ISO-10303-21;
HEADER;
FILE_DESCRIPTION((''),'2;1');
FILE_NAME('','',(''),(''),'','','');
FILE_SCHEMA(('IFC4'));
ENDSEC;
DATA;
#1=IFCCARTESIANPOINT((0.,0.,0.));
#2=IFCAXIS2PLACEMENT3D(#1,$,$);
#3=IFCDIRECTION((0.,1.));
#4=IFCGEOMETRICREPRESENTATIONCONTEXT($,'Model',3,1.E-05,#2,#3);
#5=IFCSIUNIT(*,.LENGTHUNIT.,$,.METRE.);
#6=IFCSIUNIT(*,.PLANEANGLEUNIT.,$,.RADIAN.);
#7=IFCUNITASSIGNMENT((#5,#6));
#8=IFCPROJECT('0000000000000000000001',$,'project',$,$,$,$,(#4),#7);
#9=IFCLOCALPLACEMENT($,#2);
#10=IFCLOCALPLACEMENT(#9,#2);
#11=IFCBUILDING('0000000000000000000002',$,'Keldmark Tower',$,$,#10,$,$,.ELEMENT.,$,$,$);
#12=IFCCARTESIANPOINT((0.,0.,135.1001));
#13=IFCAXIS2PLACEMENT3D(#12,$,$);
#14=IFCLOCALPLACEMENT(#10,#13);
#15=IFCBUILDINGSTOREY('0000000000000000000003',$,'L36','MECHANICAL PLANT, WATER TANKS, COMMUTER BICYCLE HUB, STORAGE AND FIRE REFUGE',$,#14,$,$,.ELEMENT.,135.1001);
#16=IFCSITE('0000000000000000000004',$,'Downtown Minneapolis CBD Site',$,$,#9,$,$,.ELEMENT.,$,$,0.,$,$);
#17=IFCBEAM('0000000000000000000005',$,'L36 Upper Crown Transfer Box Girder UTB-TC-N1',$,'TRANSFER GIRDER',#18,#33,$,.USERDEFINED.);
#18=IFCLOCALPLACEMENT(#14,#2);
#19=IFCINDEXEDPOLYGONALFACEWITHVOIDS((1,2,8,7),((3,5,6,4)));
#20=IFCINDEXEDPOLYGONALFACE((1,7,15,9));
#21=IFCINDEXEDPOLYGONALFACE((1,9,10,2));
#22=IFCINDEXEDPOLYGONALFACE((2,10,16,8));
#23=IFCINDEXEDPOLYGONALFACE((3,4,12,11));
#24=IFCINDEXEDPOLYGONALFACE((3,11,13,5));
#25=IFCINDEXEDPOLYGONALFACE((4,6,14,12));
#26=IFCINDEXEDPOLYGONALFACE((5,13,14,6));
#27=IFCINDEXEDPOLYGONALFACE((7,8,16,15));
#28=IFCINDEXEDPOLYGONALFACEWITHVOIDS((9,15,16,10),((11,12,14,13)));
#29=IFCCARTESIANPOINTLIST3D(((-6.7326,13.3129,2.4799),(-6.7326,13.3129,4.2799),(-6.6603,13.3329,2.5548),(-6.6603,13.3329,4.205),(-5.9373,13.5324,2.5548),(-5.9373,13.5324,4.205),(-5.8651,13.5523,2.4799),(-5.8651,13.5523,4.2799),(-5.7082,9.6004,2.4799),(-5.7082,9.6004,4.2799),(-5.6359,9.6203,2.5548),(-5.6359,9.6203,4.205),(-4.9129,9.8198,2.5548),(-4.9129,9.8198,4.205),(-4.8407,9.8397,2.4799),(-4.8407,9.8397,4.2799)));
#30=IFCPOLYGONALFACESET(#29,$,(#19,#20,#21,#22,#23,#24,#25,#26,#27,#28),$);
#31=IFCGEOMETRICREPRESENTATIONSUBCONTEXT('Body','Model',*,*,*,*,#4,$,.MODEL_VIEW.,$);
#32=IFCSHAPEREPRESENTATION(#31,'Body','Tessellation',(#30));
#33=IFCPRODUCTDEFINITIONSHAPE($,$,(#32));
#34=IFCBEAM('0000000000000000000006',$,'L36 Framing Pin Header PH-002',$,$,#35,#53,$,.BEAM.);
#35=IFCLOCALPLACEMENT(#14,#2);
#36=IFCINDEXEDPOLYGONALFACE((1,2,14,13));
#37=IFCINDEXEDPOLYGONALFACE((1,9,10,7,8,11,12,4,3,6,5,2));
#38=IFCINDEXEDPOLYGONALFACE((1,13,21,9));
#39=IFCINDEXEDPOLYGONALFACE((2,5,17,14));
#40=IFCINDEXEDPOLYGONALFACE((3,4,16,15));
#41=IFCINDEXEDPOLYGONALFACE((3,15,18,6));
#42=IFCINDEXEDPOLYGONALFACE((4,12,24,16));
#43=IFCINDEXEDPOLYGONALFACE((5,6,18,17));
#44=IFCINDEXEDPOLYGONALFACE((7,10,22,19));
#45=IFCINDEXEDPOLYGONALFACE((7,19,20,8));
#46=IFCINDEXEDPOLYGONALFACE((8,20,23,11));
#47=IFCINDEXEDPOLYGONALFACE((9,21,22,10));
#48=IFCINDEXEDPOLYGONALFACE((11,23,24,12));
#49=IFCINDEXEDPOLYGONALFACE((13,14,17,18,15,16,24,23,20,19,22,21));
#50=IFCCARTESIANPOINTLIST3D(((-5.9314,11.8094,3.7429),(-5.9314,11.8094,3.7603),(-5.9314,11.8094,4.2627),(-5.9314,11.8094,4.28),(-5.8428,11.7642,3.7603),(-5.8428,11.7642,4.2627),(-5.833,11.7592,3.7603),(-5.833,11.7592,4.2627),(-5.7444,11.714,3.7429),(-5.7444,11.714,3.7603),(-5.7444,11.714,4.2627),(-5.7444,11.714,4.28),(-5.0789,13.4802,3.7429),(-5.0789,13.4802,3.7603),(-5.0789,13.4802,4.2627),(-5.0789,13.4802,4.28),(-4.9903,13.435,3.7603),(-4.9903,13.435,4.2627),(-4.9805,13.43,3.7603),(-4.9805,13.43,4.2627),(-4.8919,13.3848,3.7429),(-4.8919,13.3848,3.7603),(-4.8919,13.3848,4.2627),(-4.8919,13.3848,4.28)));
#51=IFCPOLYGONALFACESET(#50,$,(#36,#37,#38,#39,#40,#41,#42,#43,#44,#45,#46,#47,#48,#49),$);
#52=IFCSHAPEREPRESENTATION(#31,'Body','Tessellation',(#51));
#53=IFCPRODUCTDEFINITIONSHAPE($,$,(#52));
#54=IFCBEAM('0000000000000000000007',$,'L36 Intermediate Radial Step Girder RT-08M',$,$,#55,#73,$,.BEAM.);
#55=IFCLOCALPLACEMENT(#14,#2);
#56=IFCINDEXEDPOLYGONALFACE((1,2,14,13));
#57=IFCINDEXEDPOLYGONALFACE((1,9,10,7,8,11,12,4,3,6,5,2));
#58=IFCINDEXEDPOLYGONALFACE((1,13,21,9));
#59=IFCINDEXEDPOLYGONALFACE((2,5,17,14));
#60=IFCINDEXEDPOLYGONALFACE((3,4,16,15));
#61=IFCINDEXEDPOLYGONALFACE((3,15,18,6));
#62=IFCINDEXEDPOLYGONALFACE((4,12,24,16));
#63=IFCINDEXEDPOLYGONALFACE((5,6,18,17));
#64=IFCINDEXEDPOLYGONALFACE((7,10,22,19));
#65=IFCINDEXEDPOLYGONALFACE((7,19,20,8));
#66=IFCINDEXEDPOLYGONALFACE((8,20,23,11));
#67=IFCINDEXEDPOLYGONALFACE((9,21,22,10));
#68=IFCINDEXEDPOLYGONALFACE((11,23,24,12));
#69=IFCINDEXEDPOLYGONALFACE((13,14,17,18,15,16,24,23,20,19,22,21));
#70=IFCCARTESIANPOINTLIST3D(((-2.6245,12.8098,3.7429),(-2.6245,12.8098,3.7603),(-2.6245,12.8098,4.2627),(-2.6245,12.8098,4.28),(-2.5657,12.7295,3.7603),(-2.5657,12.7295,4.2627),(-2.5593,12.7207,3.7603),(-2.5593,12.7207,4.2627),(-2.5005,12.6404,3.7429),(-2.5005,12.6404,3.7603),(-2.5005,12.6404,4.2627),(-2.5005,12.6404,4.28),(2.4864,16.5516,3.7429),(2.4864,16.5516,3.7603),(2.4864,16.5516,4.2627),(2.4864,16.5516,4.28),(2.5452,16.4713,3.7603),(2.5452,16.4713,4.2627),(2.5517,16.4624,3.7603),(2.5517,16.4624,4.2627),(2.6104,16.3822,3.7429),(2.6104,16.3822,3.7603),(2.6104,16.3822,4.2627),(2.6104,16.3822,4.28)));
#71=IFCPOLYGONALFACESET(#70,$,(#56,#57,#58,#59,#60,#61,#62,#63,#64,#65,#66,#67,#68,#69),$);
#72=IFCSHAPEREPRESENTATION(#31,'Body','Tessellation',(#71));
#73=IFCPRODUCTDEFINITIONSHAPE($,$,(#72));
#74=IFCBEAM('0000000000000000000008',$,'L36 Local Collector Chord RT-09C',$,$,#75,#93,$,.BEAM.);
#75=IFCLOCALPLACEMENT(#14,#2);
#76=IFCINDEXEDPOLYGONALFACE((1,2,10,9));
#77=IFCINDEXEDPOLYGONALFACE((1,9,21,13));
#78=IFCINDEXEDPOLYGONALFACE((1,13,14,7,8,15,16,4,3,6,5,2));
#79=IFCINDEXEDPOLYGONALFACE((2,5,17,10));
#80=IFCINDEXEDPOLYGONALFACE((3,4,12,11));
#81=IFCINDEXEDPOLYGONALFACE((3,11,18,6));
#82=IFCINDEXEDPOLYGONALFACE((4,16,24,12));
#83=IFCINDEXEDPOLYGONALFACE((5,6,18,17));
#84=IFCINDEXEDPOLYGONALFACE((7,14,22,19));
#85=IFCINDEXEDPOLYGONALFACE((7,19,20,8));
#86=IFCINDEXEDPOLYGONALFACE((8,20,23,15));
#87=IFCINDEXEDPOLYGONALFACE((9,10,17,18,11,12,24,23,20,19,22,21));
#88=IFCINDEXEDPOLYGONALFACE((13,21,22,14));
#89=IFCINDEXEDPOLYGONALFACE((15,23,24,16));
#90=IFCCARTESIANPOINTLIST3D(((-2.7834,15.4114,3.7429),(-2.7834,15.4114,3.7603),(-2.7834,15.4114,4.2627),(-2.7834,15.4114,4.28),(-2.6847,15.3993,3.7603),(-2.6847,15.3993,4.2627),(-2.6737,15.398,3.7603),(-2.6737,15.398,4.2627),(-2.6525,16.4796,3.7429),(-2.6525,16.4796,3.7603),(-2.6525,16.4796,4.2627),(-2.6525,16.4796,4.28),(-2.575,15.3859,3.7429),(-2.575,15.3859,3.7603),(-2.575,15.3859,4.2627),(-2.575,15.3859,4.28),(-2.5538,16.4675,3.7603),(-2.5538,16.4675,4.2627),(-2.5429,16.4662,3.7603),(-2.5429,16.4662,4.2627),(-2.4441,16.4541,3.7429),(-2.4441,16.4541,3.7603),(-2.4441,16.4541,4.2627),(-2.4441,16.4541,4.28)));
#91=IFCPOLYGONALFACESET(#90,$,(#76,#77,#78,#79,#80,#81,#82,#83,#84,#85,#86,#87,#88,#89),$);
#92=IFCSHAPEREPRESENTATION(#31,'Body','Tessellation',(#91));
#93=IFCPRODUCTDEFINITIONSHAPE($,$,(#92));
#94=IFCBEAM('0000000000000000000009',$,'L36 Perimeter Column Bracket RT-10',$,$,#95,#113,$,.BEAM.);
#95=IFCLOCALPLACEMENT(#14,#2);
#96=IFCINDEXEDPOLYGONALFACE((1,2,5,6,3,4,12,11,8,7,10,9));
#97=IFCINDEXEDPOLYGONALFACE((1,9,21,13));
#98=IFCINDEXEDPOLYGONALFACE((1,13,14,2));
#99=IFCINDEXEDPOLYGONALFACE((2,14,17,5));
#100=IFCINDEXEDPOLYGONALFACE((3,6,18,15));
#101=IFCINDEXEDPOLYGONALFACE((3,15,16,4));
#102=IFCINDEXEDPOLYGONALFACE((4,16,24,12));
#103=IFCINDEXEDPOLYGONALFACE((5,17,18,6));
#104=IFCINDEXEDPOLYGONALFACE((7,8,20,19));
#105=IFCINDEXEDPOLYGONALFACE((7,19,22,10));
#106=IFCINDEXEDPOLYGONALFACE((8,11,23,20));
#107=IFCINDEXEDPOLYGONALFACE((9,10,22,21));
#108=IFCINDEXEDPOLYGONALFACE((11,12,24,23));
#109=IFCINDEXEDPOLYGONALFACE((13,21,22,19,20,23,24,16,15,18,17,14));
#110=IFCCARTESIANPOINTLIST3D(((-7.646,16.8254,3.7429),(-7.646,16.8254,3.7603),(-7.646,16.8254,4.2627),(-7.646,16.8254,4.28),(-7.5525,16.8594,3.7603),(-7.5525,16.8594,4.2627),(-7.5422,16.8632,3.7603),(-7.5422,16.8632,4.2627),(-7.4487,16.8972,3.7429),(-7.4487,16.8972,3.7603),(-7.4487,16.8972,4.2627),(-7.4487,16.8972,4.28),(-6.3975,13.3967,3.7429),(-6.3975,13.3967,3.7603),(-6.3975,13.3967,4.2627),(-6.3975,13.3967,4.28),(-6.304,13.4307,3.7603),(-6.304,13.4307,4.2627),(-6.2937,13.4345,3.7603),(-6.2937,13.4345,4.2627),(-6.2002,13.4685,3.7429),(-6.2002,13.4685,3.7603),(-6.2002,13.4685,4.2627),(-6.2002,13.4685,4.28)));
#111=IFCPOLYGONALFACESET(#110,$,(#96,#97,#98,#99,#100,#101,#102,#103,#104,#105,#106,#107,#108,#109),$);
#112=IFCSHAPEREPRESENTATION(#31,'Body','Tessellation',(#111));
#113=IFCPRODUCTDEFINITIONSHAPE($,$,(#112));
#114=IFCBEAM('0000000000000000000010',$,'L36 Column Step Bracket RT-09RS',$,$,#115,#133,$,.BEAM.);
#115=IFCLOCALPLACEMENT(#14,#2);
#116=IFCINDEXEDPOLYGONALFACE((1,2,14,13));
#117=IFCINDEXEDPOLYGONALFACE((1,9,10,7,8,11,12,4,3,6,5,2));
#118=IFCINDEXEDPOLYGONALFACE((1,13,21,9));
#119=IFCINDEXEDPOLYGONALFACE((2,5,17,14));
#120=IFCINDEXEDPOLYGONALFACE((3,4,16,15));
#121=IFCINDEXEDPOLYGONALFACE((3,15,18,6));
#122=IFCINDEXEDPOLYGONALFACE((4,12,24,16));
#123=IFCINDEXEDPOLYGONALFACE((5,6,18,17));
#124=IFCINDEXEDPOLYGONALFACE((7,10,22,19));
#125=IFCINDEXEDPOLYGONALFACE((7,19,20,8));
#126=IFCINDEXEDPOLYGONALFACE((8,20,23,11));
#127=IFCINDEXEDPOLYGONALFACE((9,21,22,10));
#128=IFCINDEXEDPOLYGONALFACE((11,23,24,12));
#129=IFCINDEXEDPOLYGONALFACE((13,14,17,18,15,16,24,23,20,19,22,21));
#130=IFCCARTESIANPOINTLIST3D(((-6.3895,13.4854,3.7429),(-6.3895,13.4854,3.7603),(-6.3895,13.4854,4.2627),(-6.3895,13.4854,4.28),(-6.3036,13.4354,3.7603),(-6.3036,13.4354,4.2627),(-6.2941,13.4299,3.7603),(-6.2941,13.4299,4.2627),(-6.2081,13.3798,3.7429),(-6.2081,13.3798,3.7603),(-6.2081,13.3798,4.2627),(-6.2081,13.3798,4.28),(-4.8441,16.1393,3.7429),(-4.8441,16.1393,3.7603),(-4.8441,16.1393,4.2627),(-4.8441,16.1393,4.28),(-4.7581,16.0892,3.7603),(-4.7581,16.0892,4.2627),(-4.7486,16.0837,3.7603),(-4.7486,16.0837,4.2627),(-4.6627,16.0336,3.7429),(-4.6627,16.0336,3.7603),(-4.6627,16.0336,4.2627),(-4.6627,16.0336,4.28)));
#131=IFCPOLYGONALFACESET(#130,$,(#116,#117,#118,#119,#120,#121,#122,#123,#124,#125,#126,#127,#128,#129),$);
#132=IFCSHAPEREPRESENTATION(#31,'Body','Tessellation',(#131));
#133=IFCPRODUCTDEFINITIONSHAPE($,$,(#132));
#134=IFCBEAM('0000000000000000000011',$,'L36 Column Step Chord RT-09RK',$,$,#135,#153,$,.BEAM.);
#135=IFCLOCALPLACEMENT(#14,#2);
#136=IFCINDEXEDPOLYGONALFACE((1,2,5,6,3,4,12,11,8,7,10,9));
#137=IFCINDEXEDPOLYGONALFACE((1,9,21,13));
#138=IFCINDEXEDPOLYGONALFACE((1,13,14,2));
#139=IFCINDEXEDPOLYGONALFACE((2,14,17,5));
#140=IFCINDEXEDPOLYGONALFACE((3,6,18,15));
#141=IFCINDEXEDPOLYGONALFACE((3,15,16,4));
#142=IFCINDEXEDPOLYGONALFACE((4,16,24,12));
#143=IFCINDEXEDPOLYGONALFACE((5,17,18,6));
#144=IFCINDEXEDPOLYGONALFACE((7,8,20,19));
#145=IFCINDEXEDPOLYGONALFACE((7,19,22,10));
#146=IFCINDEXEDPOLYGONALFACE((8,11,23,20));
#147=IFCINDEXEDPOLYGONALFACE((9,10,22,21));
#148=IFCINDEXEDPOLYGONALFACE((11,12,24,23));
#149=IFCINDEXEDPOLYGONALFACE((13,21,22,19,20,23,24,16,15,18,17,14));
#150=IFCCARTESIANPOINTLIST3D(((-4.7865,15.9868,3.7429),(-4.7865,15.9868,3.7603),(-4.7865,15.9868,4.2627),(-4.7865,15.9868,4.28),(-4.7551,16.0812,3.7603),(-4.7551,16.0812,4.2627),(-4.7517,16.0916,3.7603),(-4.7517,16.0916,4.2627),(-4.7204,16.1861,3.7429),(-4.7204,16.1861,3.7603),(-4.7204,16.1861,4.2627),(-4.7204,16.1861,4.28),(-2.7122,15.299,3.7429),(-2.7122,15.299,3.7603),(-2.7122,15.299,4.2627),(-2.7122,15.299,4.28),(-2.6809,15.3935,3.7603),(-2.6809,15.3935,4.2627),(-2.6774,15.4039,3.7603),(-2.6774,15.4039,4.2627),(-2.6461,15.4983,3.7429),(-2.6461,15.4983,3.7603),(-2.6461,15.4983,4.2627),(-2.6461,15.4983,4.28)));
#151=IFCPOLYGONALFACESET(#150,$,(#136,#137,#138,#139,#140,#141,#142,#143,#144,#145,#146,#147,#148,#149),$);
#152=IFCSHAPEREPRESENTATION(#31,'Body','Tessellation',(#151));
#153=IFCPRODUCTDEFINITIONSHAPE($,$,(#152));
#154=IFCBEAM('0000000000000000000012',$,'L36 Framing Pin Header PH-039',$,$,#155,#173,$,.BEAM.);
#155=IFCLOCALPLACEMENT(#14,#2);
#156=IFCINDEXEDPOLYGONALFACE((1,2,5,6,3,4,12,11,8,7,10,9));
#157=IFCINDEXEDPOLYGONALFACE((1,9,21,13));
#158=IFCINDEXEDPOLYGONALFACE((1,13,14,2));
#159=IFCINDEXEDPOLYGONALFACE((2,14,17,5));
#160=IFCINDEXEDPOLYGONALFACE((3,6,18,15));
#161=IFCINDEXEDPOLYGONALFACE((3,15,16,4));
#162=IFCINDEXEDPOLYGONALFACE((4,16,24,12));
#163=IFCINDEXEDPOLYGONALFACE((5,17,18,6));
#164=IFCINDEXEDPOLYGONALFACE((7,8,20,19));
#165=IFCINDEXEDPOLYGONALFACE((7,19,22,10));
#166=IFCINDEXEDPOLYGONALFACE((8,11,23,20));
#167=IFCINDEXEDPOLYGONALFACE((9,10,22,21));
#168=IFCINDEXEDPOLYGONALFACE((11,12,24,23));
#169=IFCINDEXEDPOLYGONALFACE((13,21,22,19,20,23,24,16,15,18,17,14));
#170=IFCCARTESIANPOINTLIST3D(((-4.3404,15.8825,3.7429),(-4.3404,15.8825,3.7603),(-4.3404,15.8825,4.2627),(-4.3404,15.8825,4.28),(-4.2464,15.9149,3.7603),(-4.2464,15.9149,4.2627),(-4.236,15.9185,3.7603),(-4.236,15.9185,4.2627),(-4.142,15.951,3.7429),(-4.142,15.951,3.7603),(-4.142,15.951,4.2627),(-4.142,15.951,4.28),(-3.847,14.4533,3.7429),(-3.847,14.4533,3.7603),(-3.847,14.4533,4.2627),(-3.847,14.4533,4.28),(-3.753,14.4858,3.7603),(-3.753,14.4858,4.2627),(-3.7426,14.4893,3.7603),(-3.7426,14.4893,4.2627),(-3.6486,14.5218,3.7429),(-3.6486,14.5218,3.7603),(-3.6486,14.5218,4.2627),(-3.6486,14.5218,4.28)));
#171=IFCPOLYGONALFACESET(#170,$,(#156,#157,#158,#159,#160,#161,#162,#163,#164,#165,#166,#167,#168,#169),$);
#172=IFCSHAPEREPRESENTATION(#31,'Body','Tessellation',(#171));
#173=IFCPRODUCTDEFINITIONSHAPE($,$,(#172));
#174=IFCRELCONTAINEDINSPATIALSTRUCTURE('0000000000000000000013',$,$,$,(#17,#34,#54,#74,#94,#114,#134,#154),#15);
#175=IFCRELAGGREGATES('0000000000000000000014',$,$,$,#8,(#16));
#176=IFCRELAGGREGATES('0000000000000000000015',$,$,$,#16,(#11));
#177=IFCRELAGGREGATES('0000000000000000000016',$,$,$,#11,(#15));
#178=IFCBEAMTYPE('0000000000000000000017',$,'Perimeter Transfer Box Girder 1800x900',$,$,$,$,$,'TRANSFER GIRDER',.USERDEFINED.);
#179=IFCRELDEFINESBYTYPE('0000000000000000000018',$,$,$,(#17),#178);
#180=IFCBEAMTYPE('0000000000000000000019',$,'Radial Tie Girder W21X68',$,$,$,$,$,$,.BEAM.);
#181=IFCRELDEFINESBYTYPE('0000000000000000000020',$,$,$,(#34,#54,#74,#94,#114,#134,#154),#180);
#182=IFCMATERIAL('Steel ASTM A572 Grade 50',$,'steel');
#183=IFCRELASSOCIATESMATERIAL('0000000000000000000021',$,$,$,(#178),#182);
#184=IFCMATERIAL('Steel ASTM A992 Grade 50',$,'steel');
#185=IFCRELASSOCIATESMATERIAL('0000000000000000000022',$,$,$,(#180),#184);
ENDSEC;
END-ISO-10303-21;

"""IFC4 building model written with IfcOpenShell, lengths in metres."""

from ifc_helpers import new_model, si_unit, direction, frame, origin, origin_2d, place, context, subcontext, project, spatial, hollow_rectangle, i_section, extrude, material, material_profile, profile_set, type_object, element, save


model = new_model("IFC4")

# Units and contexts
model_context = context("Model", 3, precision=1e-05, world=origin(), true_north=direction((0.0, 1.0)))
body_context = subcontext(model_context, "Body", "Model", "MODEL_VIEW")
ifc_project = project(units=[si_unit("LENGTHUNIT", "METRE"), si_unit("PLANEANGLEUNIT", "RADIAN")], contexts=[model_context])

# Site, building, storey
site_placement = place(None, origin())
site = spatial("IfcSite", under=ifc_project, at=site_placement, Name="Downtown Minneapolis CBD Site", CompositionType="ELEMENT", RefElevation=0.0)
building_placement = place(site_placement, origin())
building = spatial("IfcBuilding", under=site, at=building_placement, Name="Keldmark Tower", CompositionType="ELEMENT")
storey_placement = place(building_placement, frame((0.0, 0.0, 135.1001)))
storey = spatial("IfcBuildingStorey", under=building, at=storey_placement, Name="L36", Description="MECHANICAL PLANT, WATER TANKS, COMMUTER BICYCLE HUB, STORAGE AND FIRE REFUGE", CompositionType="ELEMENT", Elevation=135.1001)

# Beams
ifc_material_1 = material(Name="Steel ASTM A572 Grade 50", Category="steel")
ifc_material_profile_1 = material_profile(ifc_material_1, hollow_rectangle(XDim=0.8999, YDim=1.8, WallThickness=0.075, at=origin_2d()), Name="TBOX1800X900X75")
ifc_profile_set_1 = profile_set([ifc_material_profile_1], Name="Steel ASTM A572 Grade 50")
beam_type_1 = type_object("IfcBeamType", Name="Perimeter Transfer Box Girder 1800x900", ElementType="TRANSFER GIRDER", PredefinedType="USERDEFINED", material=ifc_profile_set_1)
beam_1_placement = place(storey_placement, frame((-6.2988, 13.4326, 3.3799), z_axis=(0.265986, -0.963977, 0.0), x_axis=(0.963977, 0.265986, 0.0)))
element("IfcBeam", 1, at=beam_1_placement, inside=storey, type_object=beam_type_1, Name="L36 Upper Crown Transfer Box Girder UTB-TC-N1", ObjectType="TRANSFER GIRDER", PredefinedType="USERDEFINED", context=body_context, shape_type="SweptSolid", body=[
    extrude(hollow_rectangle(XDim=0.8999, YDim=1.8, WallThickness=0.075, at=origin_2d()), origin(), (0.0, 0.0, 1.0), 3.8513),
])
ifc_material_2 = material(Name="Steel ASTM A992 Grade 50", Category="steel")
ifc_material_profile_2 = material_profile(ifc_material_2, i_section(OverallWidth=0.21, OverallDepth=0.5371, WebThickness=0.011, FlangeThickness=0.0173, at=origin_2d()), Name="W21X68")
ifc_profile_set_2 = profile_set([ifc_material_profile_2], Name="Steel ASTM A992 Grade 50")
beam_type_2 = type_object("IfcBeamType", Name="Radial Tie Girder W21X68", PredefinedType="BEAM", material=ifc_profile_set_2)
beam_2_placement = place(storey_placement, frame((-5.8379, 11.7617, 4.0115), z_axis=(0.454487, 0.890753, 0.0), x_axis=(-0.890753, 0.454487, 0.0)))
element("IfcBeam", 2, at=beam_2_placement, inside=storey, type_object=beam_type_2, Name="L36 Framing Pin Header PH-002", PredefinedType="BEAM", context=body_context, shape_type="SweptSolid", body=[
    extrude(i_section(OverallWidth=0.21, OverallDepth=0.5371, WebThickness=0.011, FlangeThickness=0.0173, at=origin_2d()), origin(), (0.0, 0.0, 1.0), 1.8757),
])
beam_3_placement = place(storey_placement, frame((-2.5625, 12.7251, 4.0115), z_axis=(0.806875, 0.590722, 0.0), x_axis=(-0.590722, 0.806875, 0.0)))
element("IfcBeam", 3, at=beam_3_placement, inside=storey, type_object=beam_type_2, Name="L36 Intermediate Radial Step Girder RT-08M", PredefinedType="BEAM", context=body_context, shape_type="SweptSolid", body=[
    extrude(i_section(OverallWidth=0.21, OverallDepth=0.5371, WebThickness=0.011, FlangeThickness=0.0173, at=origin_2d()), origin(), (0.0, 0.0, 1.0), 6.3342),
])
beam_4_placement = place(storey_placement, frame((-2.6792, 15.3987, 4.0115), z_axis=(0.121605, 0.992579, 0.0), x_axis=(-0.992579, 0.121605, 0.0)))
element("IfcBeam", 4, at=beam_4_placement, inside=storey, type_object=beam_type_2, Name="L36 Local Collector Chord RT-09C", PredefinedType="BEAM", context=body_context, shape_type="SweptSolid", body=[
    extrude(i_section(OverallWidth=0.21, OverallDepth=0.5371, WebThickness=0.011, FlangeThickness=0.0173, at=origin_2d()), origin(), (0.0, 0.0, 1.0), 1.0762),
])
beam_5_placement = place(storey_placement, frame((-6.2988, 13.4326, 4.0115), z_axis=(-0.342162, 0.939641, 0.0), x_axis=(-0.939641, -0.342162, 0.0)))
element("IfcBeam", 5, at=beam_5_placement, inside=storey, type_object=beam_type_2, Name="L36 Perimeter Column Bracket RT-10", PredefinedType="BEAM", context=body_context, shape_type="SweptSolid", body=[
    extrude(i_section(OverallWidth=0.21, OverallDepth=0.5371, WebThickness=0.011, FlangeThickness=0.0173, at=origin_2d()), origin(), (0.0, 0.0, 1.0), 3.6489),
])
beam_6_placement = place(storey_placement, frame((-6.2988, 13.4326, 4.0115), z_axis=(0.503228, 0.864154, 0.0), x_axis=(-0.864154, 0.503228, 0.0)))
element("IfcBeam", 6, at=beam_6_placement, inside=storey, type_object=beam_type_2, Name="L36 Column Step Bracket RT-09RS", PredefinedType="BEAM", context=body_context, shape_type="SweptSolid", body=[
    extrude(i_section(OverallWidth=0.21, OverallDepth=0.5371, WebThickness=0.011, FlangeThickness=0.0173, at=origin_2d()), origin(), (0.0, 0.0, 1.0), 3.071),
])
beam_7_placement = place(storey_placement, frame((-4.7534, 16.0864, 4.0115), z_axis=(0.949185, -0.314719, 0.0), x_axis=(0.314719, 0.949185, 0.0)))
element("IfcBeam", 7, at=beam_7_placement, inside=storey, type_object=beam_type_2, Name="L36 Column Step Chord RT-09RK", PredefinedType="BEAM", context=body_context, shape_type="SweptSolid", body=[
    extrude(i_section(OverallWidth=0.21, OverallDepth=0.5371, WebThickness=0.011, FlangeThickness=0.0173, at=origin_2d()), origin(), (0.0, 0.0, 1.0), 2.1853),
])
beam_8_placement = place(storey_placement, frame((-3.7478, 14.4875, 4.0115), z_axis=(-0.326334, 0.945255, 0.0), x_axis=(-0.945255, -0.326334, 0.0)))
element("IfcBeam", 8, at=beam_8_placement, inside=storey, type_object=beam_type_2, Name="L36 Framing Pin Header PH-039", PredefinedType="BEAM", context=body_context, shape_type="SweptSolid", body=[
    extrude(i_section(OverallWidth=0.21, OverallDepth=0.5371, WebThickness=0.011, FlangeThickness=0.0173, at=origin_2d()), origin(), (0.0, 0.0, 1.0), 1.512),
])

save(model, "model.ifc")
